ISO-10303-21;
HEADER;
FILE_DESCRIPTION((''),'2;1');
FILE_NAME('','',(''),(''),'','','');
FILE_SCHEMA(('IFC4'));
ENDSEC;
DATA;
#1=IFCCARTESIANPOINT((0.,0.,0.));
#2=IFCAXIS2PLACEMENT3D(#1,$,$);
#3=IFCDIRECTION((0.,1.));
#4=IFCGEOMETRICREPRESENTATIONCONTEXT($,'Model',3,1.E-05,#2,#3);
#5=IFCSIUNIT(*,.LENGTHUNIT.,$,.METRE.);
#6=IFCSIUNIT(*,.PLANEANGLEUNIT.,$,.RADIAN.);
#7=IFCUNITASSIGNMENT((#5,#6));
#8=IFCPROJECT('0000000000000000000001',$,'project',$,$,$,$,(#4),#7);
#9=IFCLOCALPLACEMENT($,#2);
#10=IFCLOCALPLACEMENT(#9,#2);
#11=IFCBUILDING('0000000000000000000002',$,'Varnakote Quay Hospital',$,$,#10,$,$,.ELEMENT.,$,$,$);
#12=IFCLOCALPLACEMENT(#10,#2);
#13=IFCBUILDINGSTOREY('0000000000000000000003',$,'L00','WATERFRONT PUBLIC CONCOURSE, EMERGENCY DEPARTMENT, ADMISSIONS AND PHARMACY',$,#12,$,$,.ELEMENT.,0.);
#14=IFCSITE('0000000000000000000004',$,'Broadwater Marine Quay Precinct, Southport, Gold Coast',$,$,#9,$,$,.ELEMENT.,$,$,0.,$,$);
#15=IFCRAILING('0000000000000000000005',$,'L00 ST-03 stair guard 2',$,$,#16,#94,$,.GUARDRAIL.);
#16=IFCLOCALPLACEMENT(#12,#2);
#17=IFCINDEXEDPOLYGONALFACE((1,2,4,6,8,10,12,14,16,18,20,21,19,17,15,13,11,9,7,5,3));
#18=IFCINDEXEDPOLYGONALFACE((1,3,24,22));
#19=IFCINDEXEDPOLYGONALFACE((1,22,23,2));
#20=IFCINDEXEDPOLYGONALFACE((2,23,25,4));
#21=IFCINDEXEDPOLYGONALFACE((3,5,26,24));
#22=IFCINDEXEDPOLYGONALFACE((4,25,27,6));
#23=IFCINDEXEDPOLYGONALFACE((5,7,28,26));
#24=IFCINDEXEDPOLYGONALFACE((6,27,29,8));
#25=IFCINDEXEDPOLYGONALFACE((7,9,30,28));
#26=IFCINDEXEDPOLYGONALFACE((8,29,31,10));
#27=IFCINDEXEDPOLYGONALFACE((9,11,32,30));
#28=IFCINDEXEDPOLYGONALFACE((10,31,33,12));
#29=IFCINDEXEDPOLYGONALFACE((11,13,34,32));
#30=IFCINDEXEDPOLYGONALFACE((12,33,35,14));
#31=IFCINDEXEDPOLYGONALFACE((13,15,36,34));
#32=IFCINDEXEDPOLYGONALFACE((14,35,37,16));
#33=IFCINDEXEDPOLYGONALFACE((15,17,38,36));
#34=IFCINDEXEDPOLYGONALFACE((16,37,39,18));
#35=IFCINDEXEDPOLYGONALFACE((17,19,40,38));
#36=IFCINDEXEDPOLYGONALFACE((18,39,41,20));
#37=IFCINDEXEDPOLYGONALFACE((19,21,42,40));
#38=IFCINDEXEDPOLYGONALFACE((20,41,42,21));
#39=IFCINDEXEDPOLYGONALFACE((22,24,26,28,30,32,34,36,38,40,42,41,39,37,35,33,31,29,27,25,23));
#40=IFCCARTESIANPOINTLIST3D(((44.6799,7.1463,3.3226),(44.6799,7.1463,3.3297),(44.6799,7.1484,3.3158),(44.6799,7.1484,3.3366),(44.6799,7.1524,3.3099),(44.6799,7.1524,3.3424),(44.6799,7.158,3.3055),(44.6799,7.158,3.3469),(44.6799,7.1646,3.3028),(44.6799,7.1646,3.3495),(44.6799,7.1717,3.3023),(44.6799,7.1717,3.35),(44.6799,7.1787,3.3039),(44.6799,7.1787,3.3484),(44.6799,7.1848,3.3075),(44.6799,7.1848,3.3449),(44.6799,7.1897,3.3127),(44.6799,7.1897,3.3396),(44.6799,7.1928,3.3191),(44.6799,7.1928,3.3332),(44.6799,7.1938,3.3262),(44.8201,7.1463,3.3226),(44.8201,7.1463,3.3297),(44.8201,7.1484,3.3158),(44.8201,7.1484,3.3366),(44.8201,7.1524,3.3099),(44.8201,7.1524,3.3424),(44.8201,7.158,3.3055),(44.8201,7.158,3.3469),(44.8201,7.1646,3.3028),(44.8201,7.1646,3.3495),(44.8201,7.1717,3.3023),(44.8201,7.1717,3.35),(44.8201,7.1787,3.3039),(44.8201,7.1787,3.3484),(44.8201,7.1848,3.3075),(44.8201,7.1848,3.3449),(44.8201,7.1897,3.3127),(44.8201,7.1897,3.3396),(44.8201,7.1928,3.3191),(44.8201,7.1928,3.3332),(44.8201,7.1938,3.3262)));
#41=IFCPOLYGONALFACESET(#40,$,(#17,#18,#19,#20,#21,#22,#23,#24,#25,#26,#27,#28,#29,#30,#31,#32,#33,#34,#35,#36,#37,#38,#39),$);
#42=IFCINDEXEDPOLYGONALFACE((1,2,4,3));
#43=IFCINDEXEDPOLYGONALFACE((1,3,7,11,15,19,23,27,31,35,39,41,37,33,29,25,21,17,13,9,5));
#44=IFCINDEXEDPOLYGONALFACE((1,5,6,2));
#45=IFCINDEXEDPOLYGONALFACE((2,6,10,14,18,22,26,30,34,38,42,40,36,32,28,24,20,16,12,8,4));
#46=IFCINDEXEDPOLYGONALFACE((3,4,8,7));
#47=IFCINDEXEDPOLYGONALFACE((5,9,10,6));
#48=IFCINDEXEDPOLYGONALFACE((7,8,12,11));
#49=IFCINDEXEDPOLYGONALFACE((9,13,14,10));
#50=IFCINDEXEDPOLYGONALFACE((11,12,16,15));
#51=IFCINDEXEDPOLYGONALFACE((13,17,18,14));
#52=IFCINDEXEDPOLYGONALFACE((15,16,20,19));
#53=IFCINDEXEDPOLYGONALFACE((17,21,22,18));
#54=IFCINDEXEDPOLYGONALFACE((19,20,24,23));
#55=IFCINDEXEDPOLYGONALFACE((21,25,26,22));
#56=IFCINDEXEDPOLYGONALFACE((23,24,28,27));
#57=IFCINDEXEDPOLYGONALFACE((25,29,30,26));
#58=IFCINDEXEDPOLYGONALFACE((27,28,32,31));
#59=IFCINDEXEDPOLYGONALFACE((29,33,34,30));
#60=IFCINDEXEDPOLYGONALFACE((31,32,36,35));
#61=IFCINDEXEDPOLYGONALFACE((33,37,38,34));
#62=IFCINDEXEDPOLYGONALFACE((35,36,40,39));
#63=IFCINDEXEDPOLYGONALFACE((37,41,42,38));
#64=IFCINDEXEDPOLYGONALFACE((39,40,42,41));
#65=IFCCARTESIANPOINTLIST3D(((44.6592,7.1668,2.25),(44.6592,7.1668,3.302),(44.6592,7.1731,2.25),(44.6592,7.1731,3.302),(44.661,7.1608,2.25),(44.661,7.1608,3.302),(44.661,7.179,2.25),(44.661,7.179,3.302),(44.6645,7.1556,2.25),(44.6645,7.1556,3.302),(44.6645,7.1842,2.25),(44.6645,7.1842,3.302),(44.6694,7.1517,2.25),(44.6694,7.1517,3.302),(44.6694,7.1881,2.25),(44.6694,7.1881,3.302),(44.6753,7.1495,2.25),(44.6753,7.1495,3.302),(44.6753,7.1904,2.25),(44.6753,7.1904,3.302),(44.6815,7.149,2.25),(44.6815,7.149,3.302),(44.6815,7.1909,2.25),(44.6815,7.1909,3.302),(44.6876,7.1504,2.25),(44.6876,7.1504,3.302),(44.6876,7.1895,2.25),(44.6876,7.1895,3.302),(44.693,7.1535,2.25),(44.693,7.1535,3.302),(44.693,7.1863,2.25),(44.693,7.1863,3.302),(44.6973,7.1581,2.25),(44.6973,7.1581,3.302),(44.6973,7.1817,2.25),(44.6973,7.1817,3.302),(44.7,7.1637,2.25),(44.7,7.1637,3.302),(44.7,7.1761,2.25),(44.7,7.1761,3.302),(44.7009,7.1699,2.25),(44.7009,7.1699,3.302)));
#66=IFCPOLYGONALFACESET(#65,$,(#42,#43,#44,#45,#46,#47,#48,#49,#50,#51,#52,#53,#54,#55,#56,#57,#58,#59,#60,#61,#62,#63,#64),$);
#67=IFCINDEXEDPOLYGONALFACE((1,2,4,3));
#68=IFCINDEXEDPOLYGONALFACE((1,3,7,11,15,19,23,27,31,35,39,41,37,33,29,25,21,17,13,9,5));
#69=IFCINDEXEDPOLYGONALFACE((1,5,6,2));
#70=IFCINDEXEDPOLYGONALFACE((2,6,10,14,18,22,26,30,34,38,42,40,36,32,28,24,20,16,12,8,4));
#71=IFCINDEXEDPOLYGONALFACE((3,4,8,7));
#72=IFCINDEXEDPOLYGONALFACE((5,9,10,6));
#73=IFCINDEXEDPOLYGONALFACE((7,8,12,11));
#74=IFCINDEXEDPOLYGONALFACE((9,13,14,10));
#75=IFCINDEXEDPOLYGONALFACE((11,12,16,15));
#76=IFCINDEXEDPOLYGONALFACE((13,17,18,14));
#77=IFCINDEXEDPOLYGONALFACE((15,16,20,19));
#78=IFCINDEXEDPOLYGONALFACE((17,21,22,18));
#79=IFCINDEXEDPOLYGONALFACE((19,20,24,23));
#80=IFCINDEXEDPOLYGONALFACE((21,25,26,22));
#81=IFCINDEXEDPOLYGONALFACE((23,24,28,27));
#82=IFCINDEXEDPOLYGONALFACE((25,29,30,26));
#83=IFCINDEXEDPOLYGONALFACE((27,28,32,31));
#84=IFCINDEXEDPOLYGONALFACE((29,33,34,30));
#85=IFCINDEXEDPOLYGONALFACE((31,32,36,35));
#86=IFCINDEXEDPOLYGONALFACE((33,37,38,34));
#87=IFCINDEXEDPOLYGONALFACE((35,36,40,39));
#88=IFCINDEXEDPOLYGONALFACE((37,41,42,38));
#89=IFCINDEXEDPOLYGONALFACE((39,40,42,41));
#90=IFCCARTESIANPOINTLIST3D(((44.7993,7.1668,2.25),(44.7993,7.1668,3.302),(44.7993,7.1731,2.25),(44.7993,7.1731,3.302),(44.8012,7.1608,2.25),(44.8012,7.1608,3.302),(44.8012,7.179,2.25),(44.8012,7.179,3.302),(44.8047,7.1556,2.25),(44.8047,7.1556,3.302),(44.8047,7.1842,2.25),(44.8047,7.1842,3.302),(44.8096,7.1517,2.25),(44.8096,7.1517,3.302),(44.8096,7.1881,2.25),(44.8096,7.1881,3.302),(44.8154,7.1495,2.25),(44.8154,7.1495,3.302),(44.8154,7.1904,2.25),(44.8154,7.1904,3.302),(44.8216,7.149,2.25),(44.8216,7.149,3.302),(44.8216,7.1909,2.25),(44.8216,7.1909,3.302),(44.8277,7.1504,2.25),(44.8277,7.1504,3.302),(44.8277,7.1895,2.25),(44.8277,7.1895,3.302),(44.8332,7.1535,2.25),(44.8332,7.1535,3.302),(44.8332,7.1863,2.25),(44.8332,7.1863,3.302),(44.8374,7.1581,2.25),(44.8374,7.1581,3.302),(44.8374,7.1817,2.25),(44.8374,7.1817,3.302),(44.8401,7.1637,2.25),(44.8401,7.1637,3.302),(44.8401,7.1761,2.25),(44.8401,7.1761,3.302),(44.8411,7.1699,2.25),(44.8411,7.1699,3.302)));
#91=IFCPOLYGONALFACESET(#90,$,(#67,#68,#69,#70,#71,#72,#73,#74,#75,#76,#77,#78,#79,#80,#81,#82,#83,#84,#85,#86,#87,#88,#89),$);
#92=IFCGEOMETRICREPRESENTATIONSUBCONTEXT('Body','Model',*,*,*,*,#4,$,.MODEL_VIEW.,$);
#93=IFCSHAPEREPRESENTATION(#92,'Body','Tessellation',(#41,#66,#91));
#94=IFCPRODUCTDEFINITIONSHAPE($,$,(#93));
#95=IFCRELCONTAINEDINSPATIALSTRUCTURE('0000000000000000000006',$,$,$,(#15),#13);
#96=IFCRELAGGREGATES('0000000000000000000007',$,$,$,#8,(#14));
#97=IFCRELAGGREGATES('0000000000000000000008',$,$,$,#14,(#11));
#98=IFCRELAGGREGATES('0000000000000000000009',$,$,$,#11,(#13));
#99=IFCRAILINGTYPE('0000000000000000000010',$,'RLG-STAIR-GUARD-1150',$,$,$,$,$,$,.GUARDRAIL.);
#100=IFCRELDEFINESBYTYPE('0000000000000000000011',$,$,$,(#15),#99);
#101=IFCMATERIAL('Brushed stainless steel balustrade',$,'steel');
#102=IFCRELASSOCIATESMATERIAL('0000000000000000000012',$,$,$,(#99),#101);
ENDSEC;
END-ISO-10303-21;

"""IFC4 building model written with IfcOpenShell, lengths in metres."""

from ifc_helpers import new_model, si_unit, direction, frame, origin, origin_2d, place, context, subcontext, project, spatial, circle, extrude, material, type_object, element, save


model = new_model("IFC4")

# Units and contexts
model_context = context("Model", 3, precision=1e-05, world=origin(), true_north=direction((0.0, 1.0)))
body_context = subcontext(model_context, "Body", "Model", "MODEL_VIEW")
ifc_project = project(units=[si_unit("LENGTHUNIT", "METRE"), si_unit("PLANEANGLEUNIT", "RADIAN")], contexts=[model_context])

# Site, building, storey
site_placement = place(None, origin())
site = spatial("IfcSite", under=ifc_project, at=site_placement, Name="Broadwater Marine Quay Precinct, Southport, Gold Coast", CompositionType="ELEMENT", RefElevation=0.0)
building_placement = place(site_placement, origin())
building = spatial("IfcBuilding", under=site, at=building_placement, Name="Varnakote Quay Hospital", CompositionType="ELEMENT")
storey_placement = place(building_placement, origin())
storey = spatial("IfcBuildingStorey", under=building, at=storey_placement, Name="L00", Description="WATERFRONT PUBLIC CONCOURSE, EMERGENCY DEPARTMENT, ADMISSIONS AND PHARMACY", CompositionType="ELEMENT", Elevation=0.0)

# Railing
ifc_material_1 = material(Name="Brushed stainless steel balustrade", Category="steel")
railing_type_1 = type_object("IfcRailingType", Name="RLG-STAIR-GUARD-1150", PredefinedType="GUARDRAIL", material=ifc_material_1)
railing_1_placement = place(storey_placement, frame((44.6799, 7.1699, 2.25)))
element("IfcRailing", 1, at=railing_1_placement, inside=storey, type_object=railing_type_1, Name="L00 ST-03 stair guard 2", PredefinedType="GUARDRAIL", context=body_context, shape_type="SweptSolid", body=[
    extrude(circle(Radius=0.0239, at=origin_2d()), frame((0.0, 0.0, 1.0762), z_axis=(1.0, 0.0, 0.0), x_axis=(0.0, 1.0, 0.0)), (0.0, 0.0, 1.0), 0.1401),
    extrude(circle(Radius=0.021, at=origin_2d()), origin(), (0.0, 0.0, 1.0), 1.052),
    extrude(circle(Radius=0.021, at=origin_2d()), frame((0.1401, 0.0, 0.0)), (0.0, 0.0, 1.0), 1.052),
])

save(model, "model.ifc")
